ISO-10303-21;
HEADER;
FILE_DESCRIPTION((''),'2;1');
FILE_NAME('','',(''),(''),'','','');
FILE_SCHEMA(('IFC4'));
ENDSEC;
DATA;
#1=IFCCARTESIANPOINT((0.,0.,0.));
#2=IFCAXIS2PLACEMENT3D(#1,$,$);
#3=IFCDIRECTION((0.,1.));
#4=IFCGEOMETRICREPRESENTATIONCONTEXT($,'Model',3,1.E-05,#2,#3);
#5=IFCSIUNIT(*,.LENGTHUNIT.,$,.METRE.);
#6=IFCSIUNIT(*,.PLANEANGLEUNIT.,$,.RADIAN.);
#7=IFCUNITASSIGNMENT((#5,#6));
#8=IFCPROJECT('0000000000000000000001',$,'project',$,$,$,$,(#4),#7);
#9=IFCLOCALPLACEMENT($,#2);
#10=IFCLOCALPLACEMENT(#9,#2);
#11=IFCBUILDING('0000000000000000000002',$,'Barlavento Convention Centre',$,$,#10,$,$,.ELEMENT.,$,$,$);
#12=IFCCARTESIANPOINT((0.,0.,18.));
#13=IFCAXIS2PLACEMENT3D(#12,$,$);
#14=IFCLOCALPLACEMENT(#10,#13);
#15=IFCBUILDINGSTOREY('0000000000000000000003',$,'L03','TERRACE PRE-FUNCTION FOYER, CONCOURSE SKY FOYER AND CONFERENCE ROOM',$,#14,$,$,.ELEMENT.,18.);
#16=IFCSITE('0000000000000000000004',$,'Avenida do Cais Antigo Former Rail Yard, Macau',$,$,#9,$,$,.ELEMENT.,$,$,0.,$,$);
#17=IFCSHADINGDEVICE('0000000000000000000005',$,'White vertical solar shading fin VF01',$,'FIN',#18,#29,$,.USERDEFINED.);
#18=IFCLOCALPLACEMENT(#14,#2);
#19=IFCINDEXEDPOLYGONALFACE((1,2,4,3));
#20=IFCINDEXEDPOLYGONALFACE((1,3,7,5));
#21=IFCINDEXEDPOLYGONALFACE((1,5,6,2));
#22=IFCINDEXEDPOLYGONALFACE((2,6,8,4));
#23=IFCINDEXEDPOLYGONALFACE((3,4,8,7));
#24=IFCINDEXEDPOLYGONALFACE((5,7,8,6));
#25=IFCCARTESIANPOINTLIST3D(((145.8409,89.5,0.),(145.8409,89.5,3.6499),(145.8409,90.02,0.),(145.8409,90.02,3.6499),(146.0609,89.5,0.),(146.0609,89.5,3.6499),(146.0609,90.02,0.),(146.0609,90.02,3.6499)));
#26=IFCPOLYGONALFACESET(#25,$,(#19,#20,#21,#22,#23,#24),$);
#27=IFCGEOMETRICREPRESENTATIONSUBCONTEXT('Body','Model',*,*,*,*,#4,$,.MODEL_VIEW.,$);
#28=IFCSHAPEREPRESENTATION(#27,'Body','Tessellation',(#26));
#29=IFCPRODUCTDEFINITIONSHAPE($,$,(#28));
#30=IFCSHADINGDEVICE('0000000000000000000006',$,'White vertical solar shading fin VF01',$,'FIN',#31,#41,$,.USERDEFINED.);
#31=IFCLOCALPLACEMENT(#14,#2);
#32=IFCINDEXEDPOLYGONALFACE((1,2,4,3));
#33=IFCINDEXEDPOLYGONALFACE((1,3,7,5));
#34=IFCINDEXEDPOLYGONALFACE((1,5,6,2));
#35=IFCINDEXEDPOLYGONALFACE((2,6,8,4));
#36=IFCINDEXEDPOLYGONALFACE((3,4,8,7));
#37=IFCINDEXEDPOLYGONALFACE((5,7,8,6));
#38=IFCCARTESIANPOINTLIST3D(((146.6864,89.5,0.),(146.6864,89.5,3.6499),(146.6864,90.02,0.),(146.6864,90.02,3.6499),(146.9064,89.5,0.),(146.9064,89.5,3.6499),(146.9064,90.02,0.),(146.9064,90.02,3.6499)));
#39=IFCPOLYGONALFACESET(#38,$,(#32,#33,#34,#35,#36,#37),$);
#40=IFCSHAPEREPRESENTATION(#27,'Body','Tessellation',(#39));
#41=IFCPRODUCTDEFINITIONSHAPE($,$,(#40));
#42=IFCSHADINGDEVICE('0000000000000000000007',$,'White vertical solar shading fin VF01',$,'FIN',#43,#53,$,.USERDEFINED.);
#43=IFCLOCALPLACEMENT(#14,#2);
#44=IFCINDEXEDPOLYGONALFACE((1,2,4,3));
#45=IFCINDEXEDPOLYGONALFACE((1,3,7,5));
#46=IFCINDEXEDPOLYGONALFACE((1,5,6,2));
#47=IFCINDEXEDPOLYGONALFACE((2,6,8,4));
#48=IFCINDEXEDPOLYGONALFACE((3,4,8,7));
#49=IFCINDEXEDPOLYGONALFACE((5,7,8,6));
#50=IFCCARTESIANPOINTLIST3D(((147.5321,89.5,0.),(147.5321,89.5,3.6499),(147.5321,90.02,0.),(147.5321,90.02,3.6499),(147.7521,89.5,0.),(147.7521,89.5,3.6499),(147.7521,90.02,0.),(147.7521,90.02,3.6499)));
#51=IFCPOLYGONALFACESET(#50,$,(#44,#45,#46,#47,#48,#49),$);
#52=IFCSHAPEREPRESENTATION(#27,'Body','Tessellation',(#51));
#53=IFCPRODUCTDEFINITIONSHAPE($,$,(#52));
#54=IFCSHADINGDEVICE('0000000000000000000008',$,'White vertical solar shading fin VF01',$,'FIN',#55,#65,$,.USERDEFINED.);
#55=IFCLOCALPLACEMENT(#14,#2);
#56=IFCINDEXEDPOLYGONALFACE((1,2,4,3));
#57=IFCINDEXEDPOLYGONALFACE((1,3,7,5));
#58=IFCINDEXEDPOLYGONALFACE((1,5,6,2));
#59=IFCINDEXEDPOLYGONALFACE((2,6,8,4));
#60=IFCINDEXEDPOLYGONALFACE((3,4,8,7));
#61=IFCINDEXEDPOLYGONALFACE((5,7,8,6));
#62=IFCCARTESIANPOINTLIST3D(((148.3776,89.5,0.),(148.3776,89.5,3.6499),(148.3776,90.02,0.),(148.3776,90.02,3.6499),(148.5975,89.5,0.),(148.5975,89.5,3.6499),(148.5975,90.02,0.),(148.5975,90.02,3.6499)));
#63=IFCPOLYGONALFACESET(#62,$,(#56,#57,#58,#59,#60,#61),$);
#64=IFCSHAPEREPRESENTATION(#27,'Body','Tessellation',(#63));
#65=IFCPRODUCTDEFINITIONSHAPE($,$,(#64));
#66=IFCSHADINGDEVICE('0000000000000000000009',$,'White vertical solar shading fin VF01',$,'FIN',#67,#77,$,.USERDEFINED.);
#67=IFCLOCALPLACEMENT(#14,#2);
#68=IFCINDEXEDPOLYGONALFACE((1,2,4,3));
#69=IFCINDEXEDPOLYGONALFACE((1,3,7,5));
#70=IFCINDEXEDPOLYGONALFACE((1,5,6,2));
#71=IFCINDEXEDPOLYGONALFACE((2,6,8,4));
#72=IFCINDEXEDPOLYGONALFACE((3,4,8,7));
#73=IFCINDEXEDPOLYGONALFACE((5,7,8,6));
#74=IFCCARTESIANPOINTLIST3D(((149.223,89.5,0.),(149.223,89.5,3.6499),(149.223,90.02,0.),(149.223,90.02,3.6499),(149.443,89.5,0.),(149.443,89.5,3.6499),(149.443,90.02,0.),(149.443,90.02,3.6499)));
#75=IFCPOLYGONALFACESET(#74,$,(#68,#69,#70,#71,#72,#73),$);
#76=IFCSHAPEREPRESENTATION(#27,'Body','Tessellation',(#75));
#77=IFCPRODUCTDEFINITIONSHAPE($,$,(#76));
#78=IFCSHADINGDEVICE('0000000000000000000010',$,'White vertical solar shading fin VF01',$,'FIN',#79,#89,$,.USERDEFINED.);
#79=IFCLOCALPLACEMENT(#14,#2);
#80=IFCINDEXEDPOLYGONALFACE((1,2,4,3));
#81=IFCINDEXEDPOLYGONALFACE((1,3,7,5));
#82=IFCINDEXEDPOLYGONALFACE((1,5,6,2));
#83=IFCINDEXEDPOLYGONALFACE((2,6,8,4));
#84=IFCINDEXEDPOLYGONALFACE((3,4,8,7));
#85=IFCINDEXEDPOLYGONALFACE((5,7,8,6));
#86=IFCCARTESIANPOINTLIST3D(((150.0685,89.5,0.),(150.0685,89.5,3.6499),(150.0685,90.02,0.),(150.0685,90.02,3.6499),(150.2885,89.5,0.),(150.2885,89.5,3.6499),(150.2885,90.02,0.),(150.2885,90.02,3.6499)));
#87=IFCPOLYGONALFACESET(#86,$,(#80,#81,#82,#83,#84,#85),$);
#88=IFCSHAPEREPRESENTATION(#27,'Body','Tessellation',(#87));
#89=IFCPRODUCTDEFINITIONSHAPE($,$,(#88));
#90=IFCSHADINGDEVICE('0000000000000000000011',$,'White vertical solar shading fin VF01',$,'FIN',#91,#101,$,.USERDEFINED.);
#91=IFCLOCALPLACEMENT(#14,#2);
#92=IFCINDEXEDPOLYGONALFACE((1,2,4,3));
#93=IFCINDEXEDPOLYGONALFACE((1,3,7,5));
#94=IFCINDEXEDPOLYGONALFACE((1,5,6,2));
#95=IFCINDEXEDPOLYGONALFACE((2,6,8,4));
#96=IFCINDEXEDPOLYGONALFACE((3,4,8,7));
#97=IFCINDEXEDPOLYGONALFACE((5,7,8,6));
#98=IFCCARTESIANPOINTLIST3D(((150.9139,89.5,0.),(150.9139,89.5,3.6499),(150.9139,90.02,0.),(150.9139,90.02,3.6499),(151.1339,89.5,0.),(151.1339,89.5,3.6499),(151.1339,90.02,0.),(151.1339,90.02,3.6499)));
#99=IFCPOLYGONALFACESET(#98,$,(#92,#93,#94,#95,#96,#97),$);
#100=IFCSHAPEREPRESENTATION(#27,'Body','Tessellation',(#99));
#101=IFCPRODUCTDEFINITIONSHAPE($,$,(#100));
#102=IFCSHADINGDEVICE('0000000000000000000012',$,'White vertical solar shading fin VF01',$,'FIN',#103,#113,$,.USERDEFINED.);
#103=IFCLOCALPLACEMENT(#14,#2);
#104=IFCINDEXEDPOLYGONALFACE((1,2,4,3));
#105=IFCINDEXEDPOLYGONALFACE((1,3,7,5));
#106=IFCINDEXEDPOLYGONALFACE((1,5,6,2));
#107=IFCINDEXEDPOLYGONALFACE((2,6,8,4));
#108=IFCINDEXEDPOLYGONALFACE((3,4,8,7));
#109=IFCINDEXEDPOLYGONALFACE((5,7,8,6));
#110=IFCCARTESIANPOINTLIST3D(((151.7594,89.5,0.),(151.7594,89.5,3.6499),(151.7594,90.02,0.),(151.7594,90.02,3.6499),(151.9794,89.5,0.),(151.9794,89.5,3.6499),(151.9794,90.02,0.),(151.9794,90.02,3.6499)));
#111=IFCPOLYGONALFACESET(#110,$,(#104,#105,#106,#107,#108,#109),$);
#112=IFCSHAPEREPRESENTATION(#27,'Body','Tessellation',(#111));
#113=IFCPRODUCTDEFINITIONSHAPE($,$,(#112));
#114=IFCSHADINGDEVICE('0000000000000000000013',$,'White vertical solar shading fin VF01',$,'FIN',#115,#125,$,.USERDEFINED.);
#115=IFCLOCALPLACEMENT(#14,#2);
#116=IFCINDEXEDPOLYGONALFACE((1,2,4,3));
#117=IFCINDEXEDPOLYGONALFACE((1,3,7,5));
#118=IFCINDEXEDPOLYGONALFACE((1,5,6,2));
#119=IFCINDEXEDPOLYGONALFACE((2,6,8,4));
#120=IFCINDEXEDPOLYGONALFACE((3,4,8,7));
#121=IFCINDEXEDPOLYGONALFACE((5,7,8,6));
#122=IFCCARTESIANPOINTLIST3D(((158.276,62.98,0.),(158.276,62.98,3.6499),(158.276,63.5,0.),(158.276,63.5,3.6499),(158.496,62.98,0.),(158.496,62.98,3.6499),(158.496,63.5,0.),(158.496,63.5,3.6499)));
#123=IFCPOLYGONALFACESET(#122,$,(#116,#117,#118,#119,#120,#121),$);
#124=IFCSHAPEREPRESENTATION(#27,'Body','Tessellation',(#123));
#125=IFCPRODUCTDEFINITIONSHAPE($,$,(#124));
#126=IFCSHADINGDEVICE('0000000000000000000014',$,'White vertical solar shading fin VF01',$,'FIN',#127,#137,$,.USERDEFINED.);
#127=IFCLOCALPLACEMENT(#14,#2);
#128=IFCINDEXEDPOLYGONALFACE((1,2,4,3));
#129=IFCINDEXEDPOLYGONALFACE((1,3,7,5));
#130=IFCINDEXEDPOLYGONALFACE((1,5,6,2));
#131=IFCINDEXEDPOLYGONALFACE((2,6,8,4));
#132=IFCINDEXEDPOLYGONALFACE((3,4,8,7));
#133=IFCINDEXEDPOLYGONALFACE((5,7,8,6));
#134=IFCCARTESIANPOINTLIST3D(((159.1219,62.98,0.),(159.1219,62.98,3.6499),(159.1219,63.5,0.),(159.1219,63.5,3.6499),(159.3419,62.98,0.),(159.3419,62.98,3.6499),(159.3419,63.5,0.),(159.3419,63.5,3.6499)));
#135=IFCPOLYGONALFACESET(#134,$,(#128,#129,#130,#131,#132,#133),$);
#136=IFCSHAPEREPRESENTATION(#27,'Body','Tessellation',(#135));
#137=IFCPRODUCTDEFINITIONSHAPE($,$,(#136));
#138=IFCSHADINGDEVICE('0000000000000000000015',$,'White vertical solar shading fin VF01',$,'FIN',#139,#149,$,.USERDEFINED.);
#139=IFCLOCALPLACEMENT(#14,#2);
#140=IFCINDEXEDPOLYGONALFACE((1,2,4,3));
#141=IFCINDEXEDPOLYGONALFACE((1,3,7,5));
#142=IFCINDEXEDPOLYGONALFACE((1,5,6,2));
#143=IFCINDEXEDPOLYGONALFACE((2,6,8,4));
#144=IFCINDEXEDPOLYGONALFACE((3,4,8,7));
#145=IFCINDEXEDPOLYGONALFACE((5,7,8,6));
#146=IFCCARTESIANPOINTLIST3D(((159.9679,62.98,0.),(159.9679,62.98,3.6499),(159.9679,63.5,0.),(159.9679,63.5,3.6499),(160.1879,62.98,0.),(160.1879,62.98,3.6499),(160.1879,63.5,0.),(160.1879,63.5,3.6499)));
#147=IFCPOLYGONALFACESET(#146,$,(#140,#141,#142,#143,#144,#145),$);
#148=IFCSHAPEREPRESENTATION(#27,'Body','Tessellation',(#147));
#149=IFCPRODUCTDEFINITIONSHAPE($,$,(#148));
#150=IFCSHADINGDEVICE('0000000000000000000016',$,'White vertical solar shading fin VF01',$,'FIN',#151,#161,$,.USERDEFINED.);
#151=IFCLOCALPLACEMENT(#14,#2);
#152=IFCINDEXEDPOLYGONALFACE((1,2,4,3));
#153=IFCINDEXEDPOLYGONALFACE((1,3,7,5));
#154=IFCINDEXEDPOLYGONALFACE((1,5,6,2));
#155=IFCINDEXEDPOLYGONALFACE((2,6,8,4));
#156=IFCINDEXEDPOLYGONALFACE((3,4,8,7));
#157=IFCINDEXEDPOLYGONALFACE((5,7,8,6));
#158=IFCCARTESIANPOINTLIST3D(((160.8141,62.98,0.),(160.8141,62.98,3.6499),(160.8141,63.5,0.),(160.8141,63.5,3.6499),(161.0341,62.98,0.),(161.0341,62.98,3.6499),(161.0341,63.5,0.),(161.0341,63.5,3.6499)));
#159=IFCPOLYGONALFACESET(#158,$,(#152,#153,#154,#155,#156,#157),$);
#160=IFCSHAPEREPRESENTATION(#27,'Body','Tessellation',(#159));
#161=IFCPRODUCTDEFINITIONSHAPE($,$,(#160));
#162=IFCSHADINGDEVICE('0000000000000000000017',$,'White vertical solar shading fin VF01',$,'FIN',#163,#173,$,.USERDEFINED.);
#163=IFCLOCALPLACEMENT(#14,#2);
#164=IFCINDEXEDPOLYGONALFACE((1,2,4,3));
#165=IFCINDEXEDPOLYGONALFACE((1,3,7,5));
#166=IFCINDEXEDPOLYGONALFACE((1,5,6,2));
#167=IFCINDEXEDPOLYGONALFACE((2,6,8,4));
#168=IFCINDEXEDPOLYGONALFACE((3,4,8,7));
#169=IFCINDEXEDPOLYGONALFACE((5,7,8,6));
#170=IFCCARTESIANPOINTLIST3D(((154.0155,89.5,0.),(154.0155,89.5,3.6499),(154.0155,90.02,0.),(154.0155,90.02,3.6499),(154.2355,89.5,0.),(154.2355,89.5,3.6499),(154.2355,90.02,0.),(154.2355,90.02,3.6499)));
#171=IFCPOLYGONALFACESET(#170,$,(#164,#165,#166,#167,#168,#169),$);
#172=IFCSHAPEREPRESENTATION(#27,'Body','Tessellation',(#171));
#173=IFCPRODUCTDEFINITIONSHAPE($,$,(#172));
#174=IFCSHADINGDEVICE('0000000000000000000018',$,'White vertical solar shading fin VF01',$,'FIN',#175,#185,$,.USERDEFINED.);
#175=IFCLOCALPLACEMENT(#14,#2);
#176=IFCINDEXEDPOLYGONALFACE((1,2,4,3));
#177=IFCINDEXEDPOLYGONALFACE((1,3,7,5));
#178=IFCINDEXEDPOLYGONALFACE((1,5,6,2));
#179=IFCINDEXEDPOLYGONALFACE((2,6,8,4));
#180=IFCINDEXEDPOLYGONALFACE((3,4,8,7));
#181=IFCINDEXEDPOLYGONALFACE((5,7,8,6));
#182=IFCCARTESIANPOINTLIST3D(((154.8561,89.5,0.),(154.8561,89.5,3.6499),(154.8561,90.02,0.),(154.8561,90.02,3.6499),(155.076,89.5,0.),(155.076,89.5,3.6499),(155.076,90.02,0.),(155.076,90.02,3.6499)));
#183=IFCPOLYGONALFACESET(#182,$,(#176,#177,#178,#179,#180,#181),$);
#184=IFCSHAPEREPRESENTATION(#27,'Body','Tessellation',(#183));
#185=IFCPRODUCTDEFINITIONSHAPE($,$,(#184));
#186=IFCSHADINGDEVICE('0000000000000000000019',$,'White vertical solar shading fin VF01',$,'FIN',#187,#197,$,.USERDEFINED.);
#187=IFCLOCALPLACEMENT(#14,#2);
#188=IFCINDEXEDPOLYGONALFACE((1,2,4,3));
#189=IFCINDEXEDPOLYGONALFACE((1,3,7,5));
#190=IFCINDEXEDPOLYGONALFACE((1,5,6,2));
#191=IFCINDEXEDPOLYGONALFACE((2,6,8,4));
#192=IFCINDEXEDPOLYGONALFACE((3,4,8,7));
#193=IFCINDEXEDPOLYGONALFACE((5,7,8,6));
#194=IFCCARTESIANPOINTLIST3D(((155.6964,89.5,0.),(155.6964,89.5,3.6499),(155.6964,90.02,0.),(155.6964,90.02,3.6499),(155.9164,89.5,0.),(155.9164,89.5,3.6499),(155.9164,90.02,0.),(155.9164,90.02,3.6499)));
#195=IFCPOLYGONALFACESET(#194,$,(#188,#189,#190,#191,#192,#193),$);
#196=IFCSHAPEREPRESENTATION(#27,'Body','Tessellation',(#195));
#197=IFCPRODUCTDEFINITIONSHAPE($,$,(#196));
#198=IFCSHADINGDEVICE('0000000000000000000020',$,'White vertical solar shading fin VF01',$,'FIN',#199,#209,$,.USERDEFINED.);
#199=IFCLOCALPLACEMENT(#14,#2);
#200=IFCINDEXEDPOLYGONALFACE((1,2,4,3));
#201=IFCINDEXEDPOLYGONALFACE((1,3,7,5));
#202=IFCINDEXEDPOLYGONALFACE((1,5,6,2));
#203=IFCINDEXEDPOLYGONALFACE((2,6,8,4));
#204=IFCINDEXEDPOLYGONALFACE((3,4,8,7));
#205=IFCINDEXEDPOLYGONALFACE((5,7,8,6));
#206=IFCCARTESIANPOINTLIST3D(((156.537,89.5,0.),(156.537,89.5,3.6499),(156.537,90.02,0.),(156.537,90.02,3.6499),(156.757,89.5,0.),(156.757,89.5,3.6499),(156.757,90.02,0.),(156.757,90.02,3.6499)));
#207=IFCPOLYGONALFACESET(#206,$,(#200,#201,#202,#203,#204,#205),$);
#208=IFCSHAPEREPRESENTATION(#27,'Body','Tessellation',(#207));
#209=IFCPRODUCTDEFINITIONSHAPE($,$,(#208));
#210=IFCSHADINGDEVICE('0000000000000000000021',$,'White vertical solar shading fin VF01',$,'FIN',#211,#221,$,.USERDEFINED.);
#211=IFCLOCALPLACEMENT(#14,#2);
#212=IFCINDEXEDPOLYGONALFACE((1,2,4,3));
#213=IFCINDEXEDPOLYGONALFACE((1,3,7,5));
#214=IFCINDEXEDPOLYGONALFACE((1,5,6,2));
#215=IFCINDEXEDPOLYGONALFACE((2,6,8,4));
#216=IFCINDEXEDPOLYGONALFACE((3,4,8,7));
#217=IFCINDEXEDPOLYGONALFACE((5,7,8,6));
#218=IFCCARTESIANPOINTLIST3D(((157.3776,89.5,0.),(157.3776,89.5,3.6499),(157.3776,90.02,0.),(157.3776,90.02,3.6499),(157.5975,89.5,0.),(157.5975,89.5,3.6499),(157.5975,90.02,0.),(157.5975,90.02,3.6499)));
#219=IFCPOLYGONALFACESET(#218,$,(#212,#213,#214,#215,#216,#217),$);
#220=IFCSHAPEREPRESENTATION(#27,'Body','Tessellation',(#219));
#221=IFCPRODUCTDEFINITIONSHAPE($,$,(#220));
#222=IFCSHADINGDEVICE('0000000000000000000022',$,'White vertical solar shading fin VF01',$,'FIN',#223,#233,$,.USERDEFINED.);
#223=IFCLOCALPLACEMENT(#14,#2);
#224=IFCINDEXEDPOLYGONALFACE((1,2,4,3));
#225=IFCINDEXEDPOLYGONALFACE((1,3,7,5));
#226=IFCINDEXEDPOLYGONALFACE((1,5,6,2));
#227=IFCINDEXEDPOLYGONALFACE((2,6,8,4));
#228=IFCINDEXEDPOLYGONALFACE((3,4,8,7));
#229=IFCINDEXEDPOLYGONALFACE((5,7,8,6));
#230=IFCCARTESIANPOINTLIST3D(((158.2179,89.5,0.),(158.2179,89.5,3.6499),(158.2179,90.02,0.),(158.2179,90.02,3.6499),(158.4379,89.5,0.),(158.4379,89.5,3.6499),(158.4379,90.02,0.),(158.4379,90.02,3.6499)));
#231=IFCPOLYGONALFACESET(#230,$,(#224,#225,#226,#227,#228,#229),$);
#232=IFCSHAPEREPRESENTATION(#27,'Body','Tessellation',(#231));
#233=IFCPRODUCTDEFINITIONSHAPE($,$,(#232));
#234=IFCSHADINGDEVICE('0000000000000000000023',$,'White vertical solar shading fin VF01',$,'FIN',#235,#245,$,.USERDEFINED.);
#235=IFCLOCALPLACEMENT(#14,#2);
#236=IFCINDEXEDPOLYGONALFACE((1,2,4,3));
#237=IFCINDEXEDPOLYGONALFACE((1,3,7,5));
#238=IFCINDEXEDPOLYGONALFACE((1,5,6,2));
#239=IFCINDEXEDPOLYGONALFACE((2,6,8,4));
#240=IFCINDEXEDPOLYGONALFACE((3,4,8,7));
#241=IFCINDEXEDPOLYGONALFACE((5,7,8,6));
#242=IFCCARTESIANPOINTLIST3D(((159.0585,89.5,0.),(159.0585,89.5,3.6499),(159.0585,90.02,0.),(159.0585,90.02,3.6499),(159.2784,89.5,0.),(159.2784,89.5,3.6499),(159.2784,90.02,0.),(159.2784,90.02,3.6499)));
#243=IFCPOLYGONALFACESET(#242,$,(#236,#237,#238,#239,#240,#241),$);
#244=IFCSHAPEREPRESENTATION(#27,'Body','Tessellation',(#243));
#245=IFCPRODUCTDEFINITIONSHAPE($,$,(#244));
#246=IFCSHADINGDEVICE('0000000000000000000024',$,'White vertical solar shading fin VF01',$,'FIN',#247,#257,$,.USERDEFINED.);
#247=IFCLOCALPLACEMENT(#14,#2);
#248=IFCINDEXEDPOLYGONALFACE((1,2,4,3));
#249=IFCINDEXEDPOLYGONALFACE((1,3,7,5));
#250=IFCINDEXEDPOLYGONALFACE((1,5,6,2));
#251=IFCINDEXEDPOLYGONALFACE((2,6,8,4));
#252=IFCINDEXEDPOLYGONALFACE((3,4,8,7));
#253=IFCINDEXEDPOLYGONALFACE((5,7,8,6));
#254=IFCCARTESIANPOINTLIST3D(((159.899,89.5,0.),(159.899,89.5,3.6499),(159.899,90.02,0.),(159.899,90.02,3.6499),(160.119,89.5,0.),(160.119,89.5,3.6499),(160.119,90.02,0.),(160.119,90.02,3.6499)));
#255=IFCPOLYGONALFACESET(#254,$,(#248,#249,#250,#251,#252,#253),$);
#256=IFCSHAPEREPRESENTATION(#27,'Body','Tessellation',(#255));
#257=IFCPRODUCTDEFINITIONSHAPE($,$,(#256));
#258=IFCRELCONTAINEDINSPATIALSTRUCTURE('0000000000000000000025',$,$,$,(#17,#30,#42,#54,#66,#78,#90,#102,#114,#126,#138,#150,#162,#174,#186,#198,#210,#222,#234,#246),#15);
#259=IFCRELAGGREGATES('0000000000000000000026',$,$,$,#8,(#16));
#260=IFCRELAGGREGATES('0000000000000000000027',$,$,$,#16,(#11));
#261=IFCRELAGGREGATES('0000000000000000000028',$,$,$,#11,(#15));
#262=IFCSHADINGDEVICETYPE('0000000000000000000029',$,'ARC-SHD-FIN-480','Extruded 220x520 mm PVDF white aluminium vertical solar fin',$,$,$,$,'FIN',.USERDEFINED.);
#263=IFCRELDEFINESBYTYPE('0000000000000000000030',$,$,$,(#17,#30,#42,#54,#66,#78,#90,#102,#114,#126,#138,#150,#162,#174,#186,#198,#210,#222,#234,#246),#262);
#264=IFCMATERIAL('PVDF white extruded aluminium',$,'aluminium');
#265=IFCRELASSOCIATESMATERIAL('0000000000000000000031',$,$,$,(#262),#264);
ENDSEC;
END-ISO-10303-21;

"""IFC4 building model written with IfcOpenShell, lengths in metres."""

from ifc_helpers import new_model, si_unit, direction, frame, origin, origin_2d, place, context, subcontext, project, spatial, rectangle, extrude, material, type_object, element, save


model = new_model("IFC4")

# Units and contexts
model_context = context("Model", 3, precision=1e-05, world=origin(), true_north=direction((0.0, 1.0)))
body_context = subcontext(model_context, "Body", "Model", "MODEL_VIEW")
ifc_project = project(units=[si_unit("LENGTHUNIT", "METRE"), si_unit("PLANEANGLEUNIT", "RADIAN")], contexts=[model_context])

# Site, building, storey
site_placement = place(None, origin())
site = spatial("IfcSite", under=ifc_project, at=site_placement, Name="Avenida do Cais Antigo Former Rail Yard, Macau", CompositionType="ELEMENT", RefElevation=0.0)
building_placement = place(site_placement, origin())
building = spatial("IfcBuilding", under=site, at=building_placement, Name="Barlavento Convention Centre", CompositionType="ELEMENT")
storey_placement = place(building_placement, frame((0.0, 0.0, 18.0)))
storey = spatial("IfcBuildingStorey", under=building, at=storey_placement, Name="L03", Description="TERRACE PRE-FUNCTION FOYER, CONCOURSE SKY FOYER AND CONFERENCE ROOM", CompositionType="ELEMENT", Elevation=18.0)

# Shading devices
ifc_material = material(Name="PVDF white extruded aluminium", Category="aluminium")
shading_device_type = type_object("IfcShadingDeviceType", Name="ARC-SHD-FIN-480", Description="Extruded 220x520 mm PVDF white aluminium vertical solar fin", ElementType="FIN", PredefinedType="USERDEFINED", material=ifc_material)
for number, where, z_axis, x_axis, name in (
    (1, (145.9509, 89.76, 0.0), (0.0, 0.0, 1.0), (1.0, 0.0, 0.0), "White vertical solar shading fin VF01"),
    (2, (146.7964, 89.76, 0.0), (0.0, 0.0, 1.0), (1.0, 0.0, 0.0), "White vertical solar shading fin VF01"),
    (3, (147.6421, 89.76, 0.0), (0.0, 0.0, 1.0), (1.0, 0.0, 0.0), "White vertical solar shading fin VF01"),
    (4, (148.4875, 89.76, 0.0), (0.0, 0.0, 1.0), (1.0, 0.0, 0.0), "White vertical solar shading fin VF01"),
    (5, (149.333, 89.76, 0.0), (0.0, 0.0, 1.0), (1.0, 0.0, 0.0), "White vertical solar shading fin VF01"),
    (6, (150.1785, 89.76, 0.0), (0.0, 0.0, 1.0), (1.0, 0.0, 0.0), "White vertical solar shading fin VF01"),
    (7, (151.0239, 89.76, 0.0), (0.0, 0.0, 1.0), (1.0, 0.0, 0.0), "White vertical solar shading fin VF01"),
    (8, (151.8694, 89.76, 0.0), (0.0, 0.0, 1.0), (1.0, 0.0, 0.0), "White vertical solar shading fin VF01"),
    (9, (158.386, 63.24, 0.0), (0.0, 0.0, 1.0), (1.0, 0.0, 0.0), "White vertical solar shading fin VF01"),
    (10, (159.2319, 63.24, 0.0), (0.0, 0.0, 1.0), (1.0, 0.0, 0.0), "White vertical solar shading fin VF01"),
    (11, (160.0779, 63.24, 0.0), (0.0, 0.0, 1.0), (1.0, 0.0, 0.0), "White vertical solar shading fin VF01"),
    (12, (160.9241, 63.24, 0.0), (0.0, 0.0, 1.0), (1.0, 0.0, 0.0), "White vertical solar shading fin VF01"),
    (13, (154.1255, 89.76, 0.0), (0.0, 0.0, 1.0), (1.0, 0.0, 0.0), "White vertical solar shading fin VF01"),
    (14, (154.9661, 89.76, 0.0), (0.0, 0.0, 1.0), (1.0, 0.0, 0.0), "White vertical solar shading fin VF01"),
    (15, (155.8064, 89.76, 0.0), (0.0, 0.0, 1.0), (1.0, 0.0, 0.0), "White vertical solar shading fin VF01"),
    (16, (156.647, 89.76, 0.0), (0.0, 0.0, 1.0), (1.0, 0.0, 0.0), "White vertical solar shading fin VF01"),
    (17, (157.4875, 89.76, 0.0), (0.0, 0.0, 1.0), (1.0, 0.0, 0.0), "White vertical solar shading fin VF01"),
    (18, (158.3279, 89.76, 0.0), (0.0, 0.0, 1.0), (1.0, 0.0, 0.0), "White vertical solar shading fin VF01"),
    (19, (159.1685, 89.76, 0.0), (0.0, 0.0, 1.0), (1.0, 0.0, 0.0), "White vertical solar shading fin VF01"),
    (20, (160.009, 89.76, 0.0), (0.0, 0.0, 1.0), (1.0, 0.0, 0.0), "White vertical solar shading fin VF01"),
):
    element("IfcShadingDevice", number, at=place(storey_placement, frame(where, z_axis=z_axis, x_axis=x_axis)), inside=storey, type_object=shading_device_type, Name=name, ObjectType="FIN", PredefinedType="USERDEFINED", context=body_context, shape_type="SweptSolid", body=[
        extrude(rectangle(XDim=0.22, YDim=0.52, at=origin_2d()), origin(), (0.0, 0.0, 1.0), 3.6499),
    ])

save(model, "model.ifc")
